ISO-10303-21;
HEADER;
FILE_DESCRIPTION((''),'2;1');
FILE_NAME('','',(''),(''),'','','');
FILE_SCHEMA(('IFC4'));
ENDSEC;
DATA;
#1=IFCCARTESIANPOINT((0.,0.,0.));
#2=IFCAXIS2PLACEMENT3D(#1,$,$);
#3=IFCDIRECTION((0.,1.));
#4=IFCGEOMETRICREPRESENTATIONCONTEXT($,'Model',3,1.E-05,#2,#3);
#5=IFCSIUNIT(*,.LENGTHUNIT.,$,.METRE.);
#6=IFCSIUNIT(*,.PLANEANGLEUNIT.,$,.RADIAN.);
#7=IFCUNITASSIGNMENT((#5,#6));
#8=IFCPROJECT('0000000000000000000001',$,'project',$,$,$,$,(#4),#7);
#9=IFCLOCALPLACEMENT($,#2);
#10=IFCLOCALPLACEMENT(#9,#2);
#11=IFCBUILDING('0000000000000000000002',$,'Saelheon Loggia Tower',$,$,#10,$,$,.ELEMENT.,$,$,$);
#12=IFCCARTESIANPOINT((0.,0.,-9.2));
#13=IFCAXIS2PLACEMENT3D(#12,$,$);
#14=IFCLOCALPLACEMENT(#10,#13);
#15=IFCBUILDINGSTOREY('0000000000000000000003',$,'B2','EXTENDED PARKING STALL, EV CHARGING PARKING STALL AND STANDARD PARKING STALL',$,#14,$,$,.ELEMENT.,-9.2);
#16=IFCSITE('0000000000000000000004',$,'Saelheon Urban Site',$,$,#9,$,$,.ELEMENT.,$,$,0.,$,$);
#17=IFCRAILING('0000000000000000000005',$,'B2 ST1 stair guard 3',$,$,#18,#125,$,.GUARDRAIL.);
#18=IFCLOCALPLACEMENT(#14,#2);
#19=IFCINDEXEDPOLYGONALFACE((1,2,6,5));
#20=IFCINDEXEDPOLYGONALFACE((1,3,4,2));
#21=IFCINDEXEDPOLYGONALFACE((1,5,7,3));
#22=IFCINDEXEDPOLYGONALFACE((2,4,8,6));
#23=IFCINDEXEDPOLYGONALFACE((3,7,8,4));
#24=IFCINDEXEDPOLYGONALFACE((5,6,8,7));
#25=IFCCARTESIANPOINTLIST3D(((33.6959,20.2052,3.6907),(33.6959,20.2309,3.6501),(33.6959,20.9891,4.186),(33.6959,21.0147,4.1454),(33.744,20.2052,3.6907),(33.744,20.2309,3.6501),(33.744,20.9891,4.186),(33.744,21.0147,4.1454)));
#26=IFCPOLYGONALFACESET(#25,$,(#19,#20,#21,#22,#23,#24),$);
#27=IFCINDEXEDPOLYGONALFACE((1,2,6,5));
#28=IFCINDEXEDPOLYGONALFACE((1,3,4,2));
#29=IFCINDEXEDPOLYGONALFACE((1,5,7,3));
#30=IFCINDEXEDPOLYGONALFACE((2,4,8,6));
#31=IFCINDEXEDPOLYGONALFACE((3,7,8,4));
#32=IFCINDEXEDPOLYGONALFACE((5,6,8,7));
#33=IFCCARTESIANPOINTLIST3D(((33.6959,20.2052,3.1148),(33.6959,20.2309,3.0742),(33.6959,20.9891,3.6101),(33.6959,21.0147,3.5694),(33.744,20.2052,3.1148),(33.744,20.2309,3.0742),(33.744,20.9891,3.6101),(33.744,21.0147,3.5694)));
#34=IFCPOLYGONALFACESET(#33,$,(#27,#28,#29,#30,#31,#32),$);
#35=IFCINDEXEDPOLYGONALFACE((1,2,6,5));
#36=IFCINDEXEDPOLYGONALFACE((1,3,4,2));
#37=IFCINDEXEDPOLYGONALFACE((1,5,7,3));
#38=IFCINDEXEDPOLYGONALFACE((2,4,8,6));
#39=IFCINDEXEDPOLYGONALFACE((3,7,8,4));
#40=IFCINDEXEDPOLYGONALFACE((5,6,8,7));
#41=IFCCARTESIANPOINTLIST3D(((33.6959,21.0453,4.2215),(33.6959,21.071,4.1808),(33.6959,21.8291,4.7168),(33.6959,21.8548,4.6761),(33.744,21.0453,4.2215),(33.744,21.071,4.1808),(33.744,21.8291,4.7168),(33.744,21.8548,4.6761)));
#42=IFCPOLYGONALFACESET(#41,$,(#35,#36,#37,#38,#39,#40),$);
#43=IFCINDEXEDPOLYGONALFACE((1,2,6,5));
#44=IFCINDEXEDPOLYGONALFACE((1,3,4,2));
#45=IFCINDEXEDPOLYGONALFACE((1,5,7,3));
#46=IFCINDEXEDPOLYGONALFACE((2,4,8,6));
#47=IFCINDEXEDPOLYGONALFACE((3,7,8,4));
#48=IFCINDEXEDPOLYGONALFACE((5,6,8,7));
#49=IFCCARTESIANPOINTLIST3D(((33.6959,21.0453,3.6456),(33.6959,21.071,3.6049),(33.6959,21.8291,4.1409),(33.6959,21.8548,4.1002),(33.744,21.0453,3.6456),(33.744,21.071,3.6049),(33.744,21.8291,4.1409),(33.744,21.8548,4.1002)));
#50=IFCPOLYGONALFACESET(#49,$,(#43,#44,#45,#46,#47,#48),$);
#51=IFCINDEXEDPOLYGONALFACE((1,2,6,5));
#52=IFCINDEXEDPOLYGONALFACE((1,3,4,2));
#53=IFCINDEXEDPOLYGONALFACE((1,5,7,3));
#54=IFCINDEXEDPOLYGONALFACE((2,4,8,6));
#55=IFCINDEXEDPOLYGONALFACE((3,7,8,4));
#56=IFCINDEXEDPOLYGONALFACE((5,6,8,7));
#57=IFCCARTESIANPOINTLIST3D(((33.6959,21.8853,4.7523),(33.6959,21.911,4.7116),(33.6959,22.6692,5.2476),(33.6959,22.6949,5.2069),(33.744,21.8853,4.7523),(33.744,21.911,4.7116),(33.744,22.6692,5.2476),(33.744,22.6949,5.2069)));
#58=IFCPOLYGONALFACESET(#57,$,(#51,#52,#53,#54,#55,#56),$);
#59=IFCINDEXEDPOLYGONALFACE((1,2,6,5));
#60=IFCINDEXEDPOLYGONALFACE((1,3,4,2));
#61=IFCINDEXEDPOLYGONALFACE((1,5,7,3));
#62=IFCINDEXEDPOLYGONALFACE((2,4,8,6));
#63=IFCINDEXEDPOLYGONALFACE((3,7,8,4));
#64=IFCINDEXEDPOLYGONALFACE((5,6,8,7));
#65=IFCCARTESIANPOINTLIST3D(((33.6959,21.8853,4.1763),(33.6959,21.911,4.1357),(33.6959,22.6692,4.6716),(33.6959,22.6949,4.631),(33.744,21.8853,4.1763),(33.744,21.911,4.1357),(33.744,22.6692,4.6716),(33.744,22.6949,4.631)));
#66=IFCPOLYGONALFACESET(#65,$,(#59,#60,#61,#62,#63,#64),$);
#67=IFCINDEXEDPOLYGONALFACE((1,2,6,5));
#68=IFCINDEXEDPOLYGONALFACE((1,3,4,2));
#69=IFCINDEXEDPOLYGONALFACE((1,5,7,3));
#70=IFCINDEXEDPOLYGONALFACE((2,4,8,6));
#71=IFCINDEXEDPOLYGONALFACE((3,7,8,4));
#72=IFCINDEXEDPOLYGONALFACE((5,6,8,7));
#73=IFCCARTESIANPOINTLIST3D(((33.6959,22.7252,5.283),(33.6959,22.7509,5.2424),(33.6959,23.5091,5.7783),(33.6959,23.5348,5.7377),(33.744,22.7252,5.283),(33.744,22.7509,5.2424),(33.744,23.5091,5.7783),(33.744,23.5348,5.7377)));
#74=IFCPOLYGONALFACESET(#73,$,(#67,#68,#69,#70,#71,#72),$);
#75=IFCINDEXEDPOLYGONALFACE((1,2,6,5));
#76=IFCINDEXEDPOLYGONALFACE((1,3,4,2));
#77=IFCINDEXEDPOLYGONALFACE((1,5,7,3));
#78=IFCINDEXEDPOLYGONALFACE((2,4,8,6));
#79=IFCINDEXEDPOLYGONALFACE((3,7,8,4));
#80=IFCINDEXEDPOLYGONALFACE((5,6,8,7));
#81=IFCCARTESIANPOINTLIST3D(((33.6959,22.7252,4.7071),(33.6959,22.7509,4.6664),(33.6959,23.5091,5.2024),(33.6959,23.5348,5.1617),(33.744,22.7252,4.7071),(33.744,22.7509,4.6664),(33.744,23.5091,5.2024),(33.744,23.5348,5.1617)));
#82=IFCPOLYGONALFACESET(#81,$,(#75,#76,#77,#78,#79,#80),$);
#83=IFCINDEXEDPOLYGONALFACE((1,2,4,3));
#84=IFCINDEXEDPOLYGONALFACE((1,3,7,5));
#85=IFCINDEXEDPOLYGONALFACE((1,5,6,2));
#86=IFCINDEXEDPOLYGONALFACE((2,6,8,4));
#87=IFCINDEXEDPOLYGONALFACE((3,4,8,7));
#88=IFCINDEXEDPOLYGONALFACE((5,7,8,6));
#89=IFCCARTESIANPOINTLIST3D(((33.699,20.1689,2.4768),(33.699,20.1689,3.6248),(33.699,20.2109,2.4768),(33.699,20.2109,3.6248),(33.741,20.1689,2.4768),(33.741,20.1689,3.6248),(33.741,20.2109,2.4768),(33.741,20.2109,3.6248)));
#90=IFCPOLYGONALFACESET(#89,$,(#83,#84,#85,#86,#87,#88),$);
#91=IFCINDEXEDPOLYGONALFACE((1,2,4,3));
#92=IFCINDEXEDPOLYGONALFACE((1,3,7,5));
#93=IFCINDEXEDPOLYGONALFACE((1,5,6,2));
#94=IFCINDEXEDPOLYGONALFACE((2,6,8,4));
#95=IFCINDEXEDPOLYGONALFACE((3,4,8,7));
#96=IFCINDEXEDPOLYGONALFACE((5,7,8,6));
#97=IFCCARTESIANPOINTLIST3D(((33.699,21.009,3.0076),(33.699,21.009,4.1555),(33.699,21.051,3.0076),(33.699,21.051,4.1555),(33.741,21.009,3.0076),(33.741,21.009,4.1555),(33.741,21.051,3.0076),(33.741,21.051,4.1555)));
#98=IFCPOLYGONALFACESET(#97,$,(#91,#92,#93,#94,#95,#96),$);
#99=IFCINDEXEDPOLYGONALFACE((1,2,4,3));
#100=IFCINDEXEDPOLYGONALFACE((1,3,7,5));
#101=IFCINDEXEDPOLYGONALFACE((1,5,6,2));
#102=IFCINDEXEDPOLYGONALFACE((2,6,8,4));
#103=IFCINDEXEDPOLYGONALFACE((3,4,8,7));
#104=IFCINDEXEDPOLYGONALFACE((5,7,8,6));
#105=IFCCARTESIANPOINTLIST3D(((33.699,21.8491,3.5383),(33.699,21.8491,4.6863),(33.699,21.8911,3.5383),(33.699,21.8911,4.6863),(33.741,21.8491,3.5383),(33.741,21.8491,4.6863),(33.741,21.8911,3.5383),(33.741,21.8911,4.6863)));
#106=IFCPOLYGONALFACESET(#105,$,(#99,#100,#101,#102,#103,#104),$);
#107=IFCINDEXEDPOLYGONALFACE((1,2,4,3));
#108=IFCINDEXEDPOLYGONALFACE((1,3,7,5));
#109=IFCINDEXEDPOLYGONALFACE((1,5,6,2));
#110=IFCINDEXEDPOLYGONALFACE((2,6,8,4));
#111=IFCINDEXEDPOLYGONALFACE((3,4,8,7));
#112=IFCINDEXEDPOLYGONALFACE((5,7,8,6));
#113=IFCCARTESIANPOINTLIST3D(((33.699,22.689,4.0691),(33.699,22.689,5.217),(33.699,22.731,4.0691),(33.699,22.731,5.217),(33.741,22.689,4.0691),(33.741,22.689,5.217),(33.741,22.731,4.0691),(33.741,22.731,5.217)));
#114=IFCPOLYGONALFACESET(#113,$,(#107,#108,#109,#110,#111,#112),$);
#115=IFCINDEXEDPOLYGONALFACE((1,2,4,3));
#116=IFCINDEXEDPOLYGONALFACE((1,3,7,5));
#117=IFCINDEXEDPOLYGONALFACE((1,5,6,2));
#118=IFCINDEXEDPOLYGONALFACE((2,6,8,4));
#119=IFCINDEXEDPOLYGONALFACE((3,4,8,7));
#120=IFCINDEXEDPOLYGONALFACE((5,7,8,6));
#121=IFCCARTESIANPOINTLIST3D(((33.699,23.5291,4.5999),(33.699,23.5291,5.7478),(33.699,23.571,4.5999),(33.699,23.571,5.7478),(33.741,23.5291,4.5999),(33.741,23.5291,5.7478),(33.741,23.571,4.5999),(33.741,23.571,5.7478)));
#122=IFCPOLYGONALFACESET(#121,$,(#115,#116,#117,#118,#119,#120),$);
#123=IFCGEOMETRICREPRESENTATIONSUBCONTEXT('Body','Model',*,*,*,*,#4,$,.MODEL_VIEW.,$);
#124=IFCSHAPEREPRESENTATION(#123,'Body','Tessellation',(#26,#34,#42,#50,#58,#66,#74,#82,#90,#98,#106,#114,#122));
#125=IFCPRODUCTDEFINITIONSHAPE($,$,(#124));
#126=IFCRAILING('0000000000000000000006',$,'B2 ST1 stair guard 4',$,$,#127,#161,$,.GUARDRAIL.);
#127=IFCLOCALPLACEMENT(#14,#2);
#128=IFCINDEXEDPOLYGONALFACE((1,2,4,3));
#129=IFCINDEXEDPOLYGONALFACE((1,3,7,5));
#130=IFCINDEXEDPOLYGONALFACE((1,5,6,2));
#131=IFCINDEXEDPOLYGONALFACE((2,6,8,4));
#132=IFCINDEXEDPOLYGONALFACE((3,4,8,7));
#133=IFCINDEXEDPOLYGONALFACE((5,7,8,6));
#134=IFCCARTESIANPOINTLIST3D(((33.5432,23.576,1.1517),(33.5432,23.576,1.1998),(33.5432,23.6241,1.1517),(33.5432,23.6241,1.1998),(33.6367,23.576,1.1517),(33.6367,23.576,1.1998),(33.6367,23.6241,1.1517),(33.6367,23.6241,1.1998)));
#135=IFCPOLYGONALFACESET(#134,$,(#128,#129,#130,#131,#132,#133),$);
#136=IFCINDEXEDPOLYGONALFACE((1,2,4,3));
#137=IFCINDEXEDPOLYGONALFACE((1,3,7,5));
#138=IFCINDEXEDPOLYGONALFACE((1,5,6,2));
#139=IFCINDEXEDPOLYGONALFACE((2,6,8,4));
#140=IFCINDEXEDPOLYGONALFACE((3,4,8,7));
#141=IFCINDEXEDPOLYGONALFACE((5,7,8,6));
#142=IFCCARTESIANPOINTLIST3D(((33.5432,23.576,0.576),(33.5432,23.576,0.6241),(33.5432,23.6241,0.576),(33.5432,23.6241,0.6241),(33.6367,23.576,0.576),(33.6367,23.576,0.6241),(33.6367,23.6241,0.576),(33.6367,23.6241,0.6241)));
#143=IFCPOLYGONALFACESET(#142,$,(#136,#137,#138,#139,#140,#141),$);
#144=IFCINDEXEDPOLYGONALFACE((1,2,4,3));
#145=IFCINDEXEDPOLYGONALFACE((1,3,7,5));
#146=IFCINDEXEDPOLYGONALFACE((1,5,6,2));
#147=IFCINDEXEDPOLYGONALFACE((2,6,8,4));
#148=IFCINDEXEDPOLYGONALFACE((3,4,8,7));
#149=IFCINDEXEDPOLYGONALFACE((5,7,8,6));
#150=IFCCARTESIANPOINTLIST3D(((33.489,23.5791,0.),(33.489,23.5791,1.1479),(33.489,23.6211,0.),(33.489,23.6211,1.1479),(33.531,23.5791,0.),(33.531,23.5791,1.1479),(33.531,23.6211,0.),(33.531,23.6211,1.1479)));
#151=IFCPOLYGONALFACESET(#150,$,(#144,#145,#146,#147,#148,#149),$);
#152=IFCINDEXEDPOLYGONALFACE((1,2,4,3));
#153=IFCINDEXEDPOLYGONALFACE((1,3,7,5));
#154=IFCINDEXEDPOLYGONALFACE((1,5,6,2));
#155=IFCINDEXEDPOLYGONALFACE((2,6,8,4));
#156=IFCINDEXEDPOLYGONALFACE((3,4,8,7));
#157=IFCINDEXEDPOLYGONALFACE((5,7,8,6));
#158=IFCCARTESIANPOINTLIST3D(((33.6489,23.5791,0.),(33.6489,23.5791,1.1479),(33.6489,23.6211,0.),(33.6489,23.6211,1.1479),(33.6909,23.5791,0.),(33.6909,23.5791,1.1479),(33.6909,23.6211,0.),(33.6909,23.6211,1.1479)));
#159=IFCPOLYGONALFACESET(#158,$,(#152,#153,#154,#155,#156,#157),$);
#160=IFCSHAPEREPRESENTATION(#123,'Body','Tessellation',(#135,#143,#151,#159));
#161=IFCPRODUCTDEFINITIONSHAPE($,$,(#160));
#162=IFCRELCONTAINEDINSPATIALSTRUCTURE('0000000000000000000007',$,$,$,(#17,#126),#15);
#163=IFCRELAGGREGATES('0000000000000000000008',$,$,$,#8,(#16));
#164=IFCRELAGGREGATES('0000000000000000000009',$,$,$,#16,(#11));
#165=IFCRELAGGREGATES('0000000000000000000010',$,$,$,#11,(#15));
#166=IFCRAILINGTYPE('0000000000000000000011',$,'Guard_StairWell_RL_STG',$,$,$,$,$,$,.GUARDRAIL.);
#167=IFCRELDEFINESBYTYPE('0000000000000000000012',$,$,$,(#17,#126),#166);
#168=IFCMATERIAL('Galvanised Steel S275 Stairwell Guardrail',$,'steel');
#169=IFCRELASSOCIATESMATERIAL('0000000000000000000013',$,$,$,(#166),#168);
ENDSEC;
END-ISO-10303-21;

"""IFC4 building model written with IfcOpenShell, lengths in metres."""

from ifc_helpers import new_model, si_unit, direction, frame, origin, origin_2d, place, context, subcontext, project, spatial, rectangle, extrude, material, type_object, element, save


model = new_model("IFC4")

# Units and contexts
model_context = context("Model", 3, precision=1e-05, world=origin(), true_north=direction((0.0, 1.0)))
body_context = subcontext(model_context, "Body", "Model", "MODEL_VIEW")
ifc_project = project(units=[si_unit("LENGTHUNIT", "METRE"), si_unit("PLANEANGLEUNIT", "RADIAN")], contexts=[model_context])

# Site, building, storey
site_placement = place(None, origin())
site = spatial("IfcSite", under=ifc_project, at=site_placement, Name="Saelheon Urban Site", CompositionType="ELEMENT", RefElevation=0.0)
building_placement = place(site_placement, origin())
building = spatial("IfcBuilding", under=site, at=building_placement, Name="Saelheon Loggia Tower", CompositionType="ELEMENT")
storey_placement = place(building_placement, frame((0.0, 0.0, -9.2)))
storey = spatial("IfcBuildingStorey", under=building, at=storey_placement, Name="B2", Description="EXTENDED PARKING STALL, EV CHARGING PARKING STALL AND STANDARD PARKING STALL", CompositionType="ELEMENT", Elevation=-9.2)

# Railings
ifc_material_1 = material(Name="Galvanised Steel S275 Stairwell Guardrail", Category="steel")
railing_type_1 = type_object("IfcRailingType", Name="Guard_StairWell_RL_STG", PredefinedType="GUARDRAIL", material=ifc_material_1)
railing_1_placement = place(storey_placement, frame((33.72, 20.1899, 2.4768)))
element("IfcRailing", 1, at=railing_1_placement, inside=storey, type_object=railing_type_1, Name="B2 ST1 stair guard 3", PredefinedType="GUARDRAIL", context=body_context, shape_type="SweptSolid", body=[
    extrude(rectangle(XDim=0.0481, YDim=0.0481, at=origin_2d()), frame((0.0, 0.0281, 1.1936), z_axis=(0.0, 0.84539, 0.53415), x_axis=(-1.0, 0.0, 0.0)), (0.0, 0.0, 1.0), 0.9272),
    extrude(rectangle(XDim=0.0481, YDim=0.0481, at=origin_2d()), frame((0.0, 0.0281, 0.6177), z_axis=(0.0, 0.84539, 0.53415), x_axis=(-1.0, 0.0, 0.0)), (0.0, 0.0, 1.0), 0.9272),
    extrude(rectangle(XDim=0.0481, YDim=0.0481, at=origin_2d()), frame((0.0, 0.8682, 1.7244), z_axis=(0.0, 0.84539, 0.53415), x_axis=(-1.0, 0.0, 0.0)), (0.0, 0.0, 1.0), 0.9272),
    extrude(rectangle(XDim=0.0481, YDim=0.0481, at=origin_2d()), frame((0.0, 0.8682, 1.1484), z_axis=(0.0, 0.84539, 0.53415), x_axis=(-1.0, 0.0, 0.0)), (0.0, 0.0, 1.0), 0.9272),
    extrude(rectangle(XDim=0.0481, YDim=0.0481, at=origin_2d()), frame((0.0, 1.7083, 2.2551), z_axis=(0.0, 0.84539, 0.53415), x_axis=(-1.0, 0.0, 0.0)), (0.0, 0.0, 1.0), 0.9272),
    extrude(rectangle(XDim=0.0481, YDim=0.0481, at=origin_2d()), frame((0.0, 1.7083, 1.6792), z_axis=(0.0, 0.84539, 0.53415), x_axis=(-1.0, 0.0, 0.0)), (0.0, 0.0, 1.0), 0.9272),
    extrude(rectangle(XDim=0.0481, YDim=0.0481, at=origin_2d()), frame((0.0, 2.5481, 2.7859), z_axis=(0.0, 0.84539, 0.53415), x_axis=(-1.0, 0.0, 0.0)), (0.0, 0.0, 1.0), 0.9272),
    extrude(rectangle(XDim=0.0481, YDim=0.0481, at=origin_2d()), frame((0.0, 2.5481, 2.21), z_axis=(0.0, 0.84539, 0.53415), x_axis=(-1.0, 0.0, 0.0)), (0.0, 0.0, 1.0), 0.9272),
    extrude(rectangle(XDim=0.042, YDim=0.042, at=origin_2d()), origin(), (0.0, 0.0, 1.0), 1.1479),
    extrude(rectangle(XDim=0.042, YDim=0.042, at=origin_2d()), frame((0.0, 0.8401, 0.5308)), (0.0, 0.0, 1.0), 1.1479),
    extrude(rectangle(XDim=0.042, YDim=0.042, at=origin_2d()), frame((0.0, 1.6802, 1.0615)), (0.0, 0.0, 1.0), 1.1479),
    extrude(rectangle(XDim=0.042, YDim=0.042, at=origin_2d()), frame((0.0, 2.52, 1.5923)), (0.0, 0.0, 1.0), 1.1479),
    extrude(rectangle(XDim=0.042, YDim=0.042, at=origin_2d()), frame((0.0, 3.3601, 2.123)), (0.0, 0.0, 1.0), 1.1479),
])
railing_2_placement = place(storey_placement, frame((33.51, 23.6001, 0.0)))
element("IfcRailing", 2, at=railing_2_placement, inside=storey, type_object=railing_type_1, Name="B2 ST1 stair guard 4", PredefinedType="GUARDRAIL", context=body_context, shape_type="SweptSolid", body=[
    extrude(rectangle(XDim=0.0481, YDim=0.0481, at=origin_2d()), frame((0.0332, 0.0, 1.1758), z_axis=(1.0, 0.0, 0.0), x_axis=(0.0, 1.0, 0.0)), (0.0, 0.0, 1.0), 0.0935),
    extrude(rectangle(XDim=0.0481, YDim=0.0481, at=origin_2d()), frame((0.0332, 0.0, 0.6001), z_axis=(1.0, 0.0, 0.0), x_axis=(0.0, 1.0, 0.0)), (0.0, 0.0, 1.0), 0.0935),
    extrude(rectangle(XDim=0.042, YDim=0.042, at=origin_2d()), origin(), (0.0, 0.0, 1.0), 1.1479),
    extrude(rectangle(XDim=0.042, YDim=0.042, at=origin_2d()), frame((0.1599, 0.0, 0.0)), (0.0, 0.0, 1.0), 1.1479),
])

save(model, "model.ifc")
